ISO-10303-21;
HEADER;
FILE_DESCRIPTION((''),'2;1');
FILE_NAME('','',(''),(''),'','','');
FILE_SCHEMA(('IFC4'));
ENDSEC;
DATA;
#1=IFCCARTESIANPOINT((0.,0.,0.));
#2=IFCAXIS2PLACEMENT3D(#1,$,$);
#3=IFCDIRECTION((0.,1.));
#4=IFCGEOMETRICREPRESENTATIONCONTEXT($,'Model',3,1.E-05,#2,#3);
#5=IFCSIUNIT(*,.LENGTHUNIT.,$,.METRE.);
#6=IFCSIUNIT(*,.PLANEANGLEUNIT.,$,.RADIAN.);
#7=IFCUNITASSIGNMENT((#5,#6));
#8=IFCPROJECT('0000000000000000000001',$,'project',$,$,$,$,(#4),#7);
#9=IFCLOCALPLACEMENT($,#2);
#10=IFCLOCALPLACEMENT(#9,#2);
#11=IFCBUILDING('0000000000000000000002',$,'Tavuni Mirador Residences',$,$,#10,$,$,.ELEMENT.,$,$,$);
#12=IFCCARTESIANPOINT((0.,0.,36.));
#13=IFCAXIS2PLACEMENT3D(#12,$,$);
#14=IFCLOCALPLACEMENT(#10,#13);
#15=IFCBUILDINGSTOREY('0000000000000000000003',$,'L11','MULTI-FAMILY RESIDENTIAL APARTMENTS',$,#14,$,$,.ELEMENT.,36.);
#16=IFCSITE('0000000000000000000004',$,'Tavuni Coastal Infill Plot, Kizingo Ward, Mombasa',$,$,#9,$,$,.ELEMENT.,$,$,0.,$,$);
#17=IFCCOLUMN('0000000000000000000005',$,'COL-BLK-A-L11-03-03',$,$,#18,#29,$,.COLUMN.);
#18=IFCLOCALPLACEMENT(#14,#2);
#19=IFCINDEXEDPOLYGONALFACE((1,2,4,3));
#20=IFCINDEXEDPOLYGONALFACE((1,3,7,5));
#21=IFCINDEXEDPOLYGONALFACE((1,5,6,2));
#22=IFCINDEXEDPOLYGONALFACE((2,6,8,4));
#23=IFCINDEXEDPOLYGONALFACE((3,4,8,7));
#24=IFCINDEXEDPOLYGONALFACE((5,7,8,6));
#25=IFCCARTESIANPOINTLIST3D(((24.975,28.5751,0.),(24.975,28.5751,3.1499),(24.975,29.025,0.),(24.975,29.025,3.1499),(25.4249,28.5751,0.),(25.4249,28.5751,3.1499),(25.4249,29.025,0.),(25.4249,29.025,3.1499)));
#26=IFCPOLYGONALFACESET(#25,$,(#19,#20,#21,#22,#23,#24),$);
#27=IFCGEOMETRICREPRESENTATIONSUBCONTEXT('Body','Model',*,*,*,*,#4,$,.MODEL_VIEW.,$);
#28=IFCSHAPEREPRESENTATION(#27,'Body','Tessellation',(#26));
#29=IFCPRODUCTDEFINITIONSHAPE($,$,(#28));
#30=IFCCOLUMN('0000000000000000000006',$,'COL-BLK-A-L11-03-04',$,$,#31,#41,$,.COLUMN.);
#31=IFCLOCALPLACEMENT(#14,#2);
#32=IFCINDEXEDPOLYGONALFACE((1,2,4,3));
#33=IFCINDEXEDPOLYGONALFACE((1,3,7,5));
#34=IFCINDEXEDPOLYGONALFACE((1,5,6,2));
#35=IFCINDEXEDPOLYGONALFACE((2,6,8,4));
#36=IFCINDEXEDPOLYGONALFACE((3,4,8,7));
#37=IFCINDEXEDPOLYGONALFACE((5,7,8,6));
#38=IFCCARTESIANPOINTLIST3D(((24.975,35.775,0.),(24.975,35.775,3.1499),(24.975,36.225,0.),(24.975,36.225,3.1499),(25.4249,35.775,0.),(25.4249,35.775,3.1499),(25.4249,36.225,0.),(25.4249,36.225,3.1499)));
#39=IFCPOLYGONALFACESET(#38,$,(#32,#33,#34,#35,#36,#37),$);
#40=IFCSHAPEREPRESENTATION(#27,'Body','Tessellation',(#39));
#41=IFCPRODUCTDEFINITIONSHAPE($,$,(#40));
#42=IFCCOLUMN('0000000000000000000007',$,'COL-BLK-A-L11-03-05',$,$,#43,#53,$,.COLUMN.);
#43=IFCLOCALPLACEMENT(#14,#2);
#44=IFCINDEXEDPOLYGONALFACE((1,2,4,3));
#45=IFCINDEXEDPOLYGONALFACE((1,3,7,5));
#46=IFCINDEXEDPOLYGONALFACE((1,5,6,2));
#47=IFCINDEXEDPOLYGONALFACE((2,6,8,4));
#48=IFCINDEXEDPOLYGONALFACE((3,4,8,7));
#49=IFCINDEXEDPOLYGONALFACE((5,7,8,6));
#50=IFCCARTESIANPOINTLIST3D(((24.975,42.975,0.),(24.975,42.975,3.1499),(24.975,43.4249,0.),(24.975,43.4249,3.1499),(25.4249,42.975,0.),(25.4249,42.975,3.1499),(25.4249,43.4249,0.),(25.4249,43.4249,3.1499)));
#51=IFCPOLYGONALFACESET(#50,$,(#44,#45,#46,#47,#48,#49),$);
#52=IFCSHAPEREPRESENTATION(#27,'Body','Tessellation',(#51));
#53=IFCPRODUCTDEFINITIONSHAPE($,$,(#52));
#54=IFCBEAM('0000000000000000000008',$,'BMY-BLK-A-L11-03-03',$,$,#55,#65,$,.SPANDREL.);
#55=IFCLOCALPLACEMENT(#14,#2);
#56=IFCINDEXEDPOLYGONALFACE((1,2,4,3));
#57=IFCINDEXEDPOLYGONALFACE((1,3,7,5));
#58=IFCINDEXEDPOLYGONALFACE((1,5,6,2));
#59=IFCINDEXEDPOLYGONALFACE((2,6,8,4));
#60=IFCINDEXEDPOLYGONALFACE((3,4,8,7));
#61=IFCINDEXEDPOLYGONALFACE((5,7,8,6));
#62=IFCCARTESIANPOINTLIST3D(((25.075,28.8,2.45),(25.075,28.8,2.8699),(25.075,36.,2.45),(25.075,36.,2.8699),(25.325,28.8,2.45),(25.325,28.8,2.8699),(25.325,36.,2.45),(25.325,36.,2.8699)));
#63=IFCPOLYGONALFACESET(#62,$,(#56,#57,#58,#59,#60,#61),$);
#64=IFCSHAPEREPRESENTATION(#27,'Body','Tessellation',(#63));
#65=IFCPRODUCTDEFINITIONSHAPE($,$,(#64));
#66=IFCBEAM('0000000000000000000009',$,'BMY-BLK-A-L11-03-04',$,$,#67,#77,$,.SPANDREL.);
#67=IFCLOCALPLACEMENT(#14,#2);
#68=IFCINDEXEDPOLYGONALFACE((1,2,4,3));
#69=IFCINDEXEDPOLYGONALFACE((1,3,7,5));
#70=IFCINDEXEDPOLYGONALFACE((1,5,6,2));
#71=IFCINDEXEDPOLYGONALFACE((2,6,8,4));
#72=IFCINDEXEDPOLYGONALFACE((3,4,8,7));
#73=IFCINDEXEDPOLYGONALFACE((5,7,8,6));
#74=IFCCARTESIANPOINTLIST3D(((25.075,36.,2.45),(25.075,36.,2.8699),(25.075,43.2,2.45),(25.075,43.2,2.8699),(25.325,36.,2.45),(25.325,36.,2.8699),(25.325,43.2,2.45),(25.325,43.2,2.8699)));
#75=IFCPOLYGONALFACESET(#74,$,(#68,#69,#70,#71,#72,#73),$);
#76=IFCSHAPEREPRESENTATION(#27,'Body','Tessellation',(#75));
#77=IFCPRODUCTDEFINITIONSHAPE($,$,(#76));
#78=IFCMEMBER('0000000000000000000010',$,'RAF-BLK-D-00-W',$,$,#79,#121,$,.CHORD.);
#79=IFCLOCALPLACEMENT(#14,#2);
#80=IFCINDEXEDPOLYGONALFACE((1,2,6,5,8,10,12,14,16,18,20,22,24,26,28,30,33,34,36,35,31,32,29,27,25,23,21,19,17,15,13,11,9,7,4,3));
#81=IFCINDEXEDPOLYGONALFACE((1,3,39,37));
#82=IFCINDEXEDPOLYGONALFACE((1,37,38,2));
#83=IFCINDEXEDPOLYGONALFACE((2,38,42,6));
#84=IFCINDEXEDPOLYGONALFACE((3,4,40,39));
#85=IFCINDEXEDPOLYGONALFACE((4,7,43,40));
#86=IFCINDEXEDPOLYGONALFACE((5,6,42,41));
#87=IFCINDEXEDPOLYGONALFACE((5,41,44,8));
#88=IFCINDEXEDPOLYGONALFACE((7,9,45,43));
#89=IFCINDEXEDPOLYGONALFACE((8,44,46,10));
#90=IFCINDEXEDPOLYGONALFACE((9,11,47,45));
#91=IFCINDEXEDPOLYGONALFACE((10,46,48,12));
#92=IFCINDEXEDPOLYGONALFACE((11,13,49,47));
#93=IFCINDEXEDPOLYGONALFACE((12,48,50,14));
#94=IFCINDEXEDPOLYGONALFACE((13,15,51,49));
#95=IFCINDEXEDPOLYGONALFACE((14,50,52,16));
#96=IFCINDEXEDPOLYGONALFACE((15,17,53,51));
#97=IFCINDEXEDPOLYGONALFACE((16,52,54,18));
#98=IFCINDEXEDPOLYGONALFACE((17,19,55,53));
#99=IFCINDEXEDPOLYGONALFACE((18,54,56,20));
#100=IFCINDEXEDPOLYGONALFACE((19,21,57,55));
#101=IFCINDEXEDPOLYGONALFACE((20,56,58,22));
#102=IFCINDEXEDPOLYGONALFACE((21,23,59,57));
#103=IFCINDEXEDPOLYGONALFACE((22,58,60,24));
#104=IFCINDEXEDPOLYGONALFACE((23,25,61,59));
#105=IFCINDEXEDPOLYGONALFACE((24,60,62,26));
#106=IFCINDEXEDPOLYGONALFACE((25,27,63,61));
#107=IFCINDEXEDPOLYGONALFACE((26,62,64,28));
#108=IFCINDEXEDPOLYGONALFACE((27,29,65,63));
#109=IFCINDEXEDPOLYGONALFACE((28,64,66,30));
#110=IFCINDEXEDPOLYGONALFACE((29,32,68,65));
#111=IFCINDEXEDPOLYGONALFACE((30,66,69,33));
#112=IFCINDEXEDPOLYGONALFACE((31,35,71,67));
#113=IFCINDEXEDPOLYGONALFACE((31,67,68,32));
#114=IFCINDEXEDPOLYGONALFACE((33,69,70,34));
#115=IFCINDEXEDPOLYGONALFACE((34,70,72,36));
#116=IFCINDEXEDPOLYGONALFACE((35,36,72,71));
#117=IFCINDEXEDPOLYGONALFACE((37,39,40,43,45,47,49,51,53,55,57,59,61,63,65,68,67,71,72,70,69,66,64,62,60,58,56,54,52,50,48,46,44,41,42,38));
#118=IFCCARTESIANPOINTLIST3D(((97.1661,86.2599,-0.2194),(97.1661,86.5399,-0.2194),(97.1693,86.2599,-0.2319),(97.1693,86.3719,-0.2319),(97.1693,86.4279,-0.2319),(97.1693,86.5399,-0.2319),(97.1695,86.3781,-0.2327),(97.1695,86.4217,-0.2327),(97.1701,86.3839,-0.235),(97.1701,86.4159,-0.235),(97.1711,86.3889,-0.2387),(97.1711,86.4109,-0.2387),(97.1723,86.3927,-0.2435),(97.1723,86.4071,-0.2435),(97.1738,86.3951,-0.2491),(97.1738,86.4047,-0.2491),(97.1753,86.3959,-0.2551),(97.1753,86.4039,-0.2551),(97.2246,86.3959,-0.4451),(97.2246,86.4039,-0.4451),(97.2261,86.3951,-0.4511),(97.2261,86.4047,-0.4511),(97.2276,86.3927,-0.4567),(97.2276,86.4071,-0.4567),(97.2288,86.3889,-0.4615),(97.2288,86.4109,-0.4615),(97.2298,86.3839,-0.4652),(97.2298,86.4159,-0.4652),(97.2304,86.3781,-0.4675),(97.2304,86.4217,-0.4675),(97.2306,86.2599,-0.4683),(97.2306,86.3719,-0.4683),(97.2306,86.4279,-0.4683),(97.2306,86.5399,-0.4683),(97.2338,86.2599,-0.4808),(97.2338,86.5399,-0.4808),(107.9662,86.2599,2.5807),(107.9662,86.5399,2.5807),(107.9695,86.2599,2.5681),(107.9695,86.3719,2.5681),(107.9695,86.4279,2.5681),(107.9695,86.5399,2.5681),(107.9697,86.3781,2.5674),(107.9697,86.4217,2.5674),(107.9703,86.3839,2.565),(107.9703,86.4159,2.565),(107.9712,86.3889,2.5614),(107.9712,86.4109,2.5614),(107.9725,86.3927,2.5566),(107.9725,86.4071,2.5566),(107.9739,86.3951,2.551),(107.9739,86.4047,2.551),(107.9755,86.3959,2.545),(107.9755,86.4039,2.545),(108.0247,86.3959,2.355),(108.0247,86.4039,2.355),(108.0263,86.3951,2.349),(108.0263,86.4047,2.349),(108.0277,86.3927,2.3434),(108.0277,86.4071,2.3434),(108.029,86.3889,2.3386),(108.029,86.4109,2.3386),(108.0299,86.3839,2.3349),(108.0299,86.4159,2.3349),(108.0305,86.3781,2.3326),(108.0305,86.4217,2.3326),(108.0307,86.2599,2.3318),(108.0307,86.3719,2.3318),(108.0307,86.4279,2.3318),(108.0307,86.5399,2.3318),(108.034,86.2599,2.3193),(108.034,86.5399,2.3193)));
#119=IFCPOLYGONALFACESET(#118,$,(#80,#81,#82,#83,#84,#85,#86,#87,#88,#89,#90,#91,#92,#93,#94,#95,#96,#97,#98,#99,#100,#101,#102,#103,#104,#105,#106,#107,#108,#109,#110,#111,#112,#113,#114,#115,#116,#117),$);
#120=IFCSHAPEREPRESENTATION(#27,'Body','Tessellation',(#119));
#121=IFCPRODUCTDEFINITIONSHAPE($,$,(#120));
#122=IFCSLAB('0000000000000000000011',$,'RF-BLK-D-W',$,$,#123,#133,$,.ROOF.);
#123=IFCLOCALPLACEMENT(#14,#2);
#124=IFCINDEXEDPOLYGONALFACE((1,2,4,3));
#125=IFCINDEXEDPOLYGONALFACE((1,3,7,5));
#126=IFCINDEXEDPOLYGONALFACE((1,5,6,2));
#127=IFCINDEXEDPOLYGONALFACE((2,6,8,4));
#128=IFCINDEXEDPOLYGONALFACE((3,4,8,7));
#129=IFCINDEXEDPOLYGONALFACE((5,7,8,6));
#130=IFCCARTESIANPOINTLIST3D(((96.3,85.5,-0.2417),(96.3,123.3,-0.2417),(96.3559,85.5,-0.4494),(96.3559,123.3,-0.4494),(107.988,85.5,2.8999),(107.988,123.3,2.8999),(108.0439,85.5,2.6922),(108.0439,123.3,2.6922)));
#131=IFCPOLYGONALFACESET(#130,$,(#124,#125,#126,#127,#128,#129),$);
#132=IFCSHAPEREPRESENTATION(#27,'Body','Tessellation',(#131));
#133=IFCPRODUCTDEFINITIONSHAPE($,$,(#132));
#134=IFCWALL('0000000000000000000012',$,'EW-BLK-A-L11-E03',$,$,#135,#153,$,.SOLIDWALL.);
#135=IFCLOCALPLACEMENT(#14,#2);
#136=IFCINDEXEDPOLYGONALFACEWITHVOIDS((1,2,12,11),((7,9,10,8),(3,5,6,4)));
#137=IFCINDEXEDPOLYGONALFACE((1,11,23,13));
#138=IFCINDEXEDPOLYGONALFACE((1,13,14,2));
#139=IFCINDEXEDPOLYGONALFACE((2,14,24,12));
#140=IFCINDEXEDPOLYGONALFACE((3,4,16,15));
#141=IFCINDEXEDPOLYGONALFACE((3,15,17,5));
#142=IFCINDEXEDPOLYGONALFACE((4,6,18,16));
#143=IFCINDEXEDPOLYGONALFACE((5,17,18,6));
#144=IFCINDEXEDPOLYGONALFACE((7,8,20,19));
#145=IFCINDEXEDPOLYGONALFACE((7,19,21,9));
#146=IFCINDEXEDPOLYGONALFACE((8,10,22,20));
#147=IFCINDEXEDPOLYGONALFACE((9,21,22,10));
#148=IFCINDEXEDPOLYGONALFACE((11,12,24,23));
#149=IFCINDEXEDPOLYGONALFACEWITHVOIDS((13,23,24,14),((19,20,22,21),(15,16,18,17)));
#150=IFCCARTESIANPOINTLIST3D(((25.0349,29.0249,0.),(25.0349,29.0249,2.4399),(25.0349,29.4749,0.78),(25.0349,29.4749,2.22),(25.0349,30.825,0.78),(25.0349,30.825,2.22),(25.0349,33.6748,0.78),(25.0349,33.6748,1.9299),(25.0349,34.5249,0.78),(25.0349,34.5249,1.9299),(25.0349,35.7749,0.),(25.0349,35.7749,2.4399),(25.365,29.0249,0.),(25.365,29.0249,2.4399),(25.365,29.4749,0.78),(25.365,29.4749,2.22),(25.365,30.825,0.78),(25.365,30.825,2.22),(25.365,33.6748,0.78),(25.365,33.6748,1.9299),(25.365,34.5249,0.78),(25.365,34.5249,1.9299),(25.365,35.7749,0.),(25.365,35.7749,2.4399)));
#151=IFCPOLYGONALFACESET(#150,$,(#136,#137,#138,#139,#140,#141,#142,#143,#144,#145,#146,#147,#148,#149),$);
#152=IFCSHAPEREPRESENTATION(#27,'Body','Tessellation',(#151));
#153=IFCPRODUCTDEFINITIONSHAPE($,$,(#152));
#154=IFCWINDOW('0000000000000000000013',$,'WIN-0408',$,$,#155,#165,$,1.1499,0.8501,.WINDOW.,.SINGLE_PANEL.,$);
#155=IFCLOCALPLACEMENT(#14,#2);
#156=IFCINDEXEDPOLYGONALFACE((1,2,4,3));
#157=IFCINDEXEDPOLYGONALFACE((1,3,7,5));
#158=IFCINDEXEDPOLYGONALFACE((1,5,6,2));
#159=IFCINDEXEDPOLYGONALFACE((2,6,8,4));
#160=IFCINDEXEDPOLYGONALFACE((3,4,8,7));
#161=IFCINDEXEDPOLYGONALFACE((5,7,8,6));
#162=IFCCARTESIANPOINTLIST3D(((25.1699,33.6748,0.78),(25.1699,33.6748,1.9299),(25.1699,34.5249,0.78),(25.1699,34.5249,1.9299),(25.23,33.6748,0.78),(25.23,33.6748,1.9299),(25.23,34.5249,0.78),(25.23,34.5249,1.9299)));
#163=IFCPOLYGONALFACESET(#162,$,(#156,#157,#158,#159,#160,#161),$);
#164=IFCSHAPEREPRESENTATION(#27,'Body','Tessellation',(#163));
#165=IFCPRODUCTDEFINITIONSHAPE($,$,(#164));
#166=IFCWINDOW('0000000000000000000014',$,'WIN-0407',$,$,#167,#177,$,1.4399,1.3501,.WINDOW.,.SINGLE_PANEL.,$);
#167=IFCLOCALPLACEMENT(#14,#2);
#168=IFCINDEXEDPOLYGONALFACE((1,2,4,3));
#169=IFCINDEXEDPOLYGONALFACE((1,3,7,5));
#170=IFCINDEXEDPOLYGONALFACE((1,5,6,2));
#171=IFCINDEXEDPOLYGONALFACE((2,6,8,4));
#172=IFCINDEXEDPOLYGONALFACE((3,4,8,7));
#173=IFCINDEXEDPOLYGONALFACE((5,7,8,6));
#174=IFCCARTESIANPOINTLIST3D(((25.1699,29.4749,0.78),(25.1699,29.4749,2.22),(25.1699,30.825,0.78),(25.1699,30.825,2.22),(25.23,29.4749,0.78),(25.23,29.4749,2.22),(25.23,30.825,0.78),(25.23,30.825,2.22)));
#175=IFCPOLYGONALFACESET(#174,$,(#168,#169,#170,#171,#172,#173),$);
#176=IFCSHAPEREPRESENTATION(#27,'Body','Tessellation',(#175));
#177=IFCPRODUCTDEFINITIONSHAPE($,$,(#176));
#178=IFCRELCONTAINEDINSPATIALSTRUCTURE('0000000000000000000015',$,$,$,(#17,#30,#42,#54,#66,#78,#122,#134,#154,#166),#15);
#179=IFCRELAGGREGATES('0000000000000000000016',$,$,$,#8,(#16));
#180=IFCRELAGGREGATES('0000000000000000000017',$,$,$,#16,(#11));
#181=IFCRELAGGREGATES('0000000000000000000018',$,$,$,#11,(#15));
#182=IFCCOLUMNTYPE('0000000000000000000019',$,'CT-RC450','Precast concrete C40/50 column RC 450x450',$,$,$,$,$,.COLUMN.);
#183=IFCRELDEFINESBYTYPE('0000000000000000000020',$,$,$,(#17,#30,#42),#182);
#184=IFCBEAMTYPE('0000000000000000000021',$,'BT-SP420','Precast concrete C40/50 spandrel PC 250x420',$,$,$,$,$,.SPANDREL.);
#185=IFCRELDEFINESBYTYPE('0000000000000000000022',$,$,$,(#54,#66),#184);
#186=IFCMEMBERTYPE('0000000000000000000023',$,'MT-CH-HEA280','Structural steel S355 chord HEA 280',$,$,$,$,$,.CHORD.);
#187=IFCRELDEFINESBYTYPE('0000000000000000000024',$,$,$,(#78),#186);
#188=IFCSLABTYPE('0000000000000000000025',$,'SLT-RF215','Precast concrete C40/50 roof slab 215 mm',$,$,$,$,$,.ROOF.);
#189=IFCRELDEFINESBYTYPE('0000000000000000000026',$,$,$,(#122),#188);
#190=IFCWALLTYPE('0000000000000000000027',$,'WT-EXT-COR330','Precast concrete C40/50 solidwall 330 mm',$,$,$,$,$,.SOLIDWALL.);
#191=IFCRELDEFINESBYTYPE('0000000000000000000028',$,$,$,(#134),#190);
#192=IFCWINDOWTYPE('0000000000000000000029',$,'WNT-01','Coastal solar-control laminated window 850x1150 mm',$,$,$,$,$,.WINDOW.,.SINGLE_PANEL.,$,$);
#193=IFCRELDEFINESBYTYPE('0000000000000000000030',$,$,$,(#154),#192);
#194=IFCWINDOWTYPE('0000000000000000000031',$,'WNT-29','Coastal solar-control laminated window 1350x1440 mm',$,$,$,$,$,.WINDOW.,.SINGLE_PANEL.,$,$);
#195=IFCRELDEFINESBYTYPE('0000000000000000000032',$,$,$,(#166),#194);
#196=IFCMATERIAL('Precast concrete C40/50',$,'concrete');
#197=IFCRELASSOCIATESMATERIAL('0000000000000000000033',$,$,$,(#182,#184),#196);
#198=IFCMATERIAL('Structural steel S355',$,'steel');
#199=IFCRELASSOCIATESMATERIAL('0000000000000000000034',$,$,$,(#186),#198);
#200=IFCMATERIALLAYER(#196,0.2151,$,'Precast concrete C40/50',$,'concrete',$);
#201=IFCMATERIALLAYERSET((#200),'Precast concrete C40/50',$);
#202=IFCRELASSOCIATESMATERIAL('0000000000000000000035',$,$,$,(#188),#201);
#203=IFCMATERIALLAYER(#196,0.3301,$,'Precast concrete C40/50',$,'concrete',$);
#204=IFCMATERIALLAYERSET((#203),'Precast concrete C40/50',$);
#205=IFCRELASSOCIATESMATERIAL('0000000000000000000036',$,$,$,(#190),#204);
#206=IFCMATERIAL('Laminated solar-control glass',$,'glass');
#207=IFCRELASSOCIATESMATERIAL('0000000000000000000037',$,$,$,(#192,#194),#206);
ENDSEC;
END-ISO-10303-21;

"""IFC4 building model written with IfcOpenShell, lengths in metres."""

from ifc_helpers import new_model, si_unit, direction, frame, frame_2d, origin, origin_2d, place, context, subcontext, project, spatial, polyline, rectangle, i_section, outline, extrude, material, layer, layer_set, material_profile, profile_set, type_object, element, fill, save


model = new_model("IFC4")

# Units and contexts
model_context = context("Model", 3, precision=1e-05, world=origin(), true_north=direction((0.0, 1.0)))
body_context = subcontext(model_context, "Body", "Model", "MODEL_VIEW")
ifc_project = project(units=[si_unit("LENGTHUNIT", "METRE"), si_unit("PLANEANGLEUNIT", "RADIAN")], contexts=[model_context])

# Site, building, storey
site_placement = place(None, origin())
site = spatial("IfcSite", under=ifc_project, at=site_placement, Name="Tavuni Coastal Infill Plot, Kizingo Ward, Mombasa", CompositionType="ELEMENT", RefElevation=0.0)
building_placement = place(site_placement, origin())
building = spatial("IfcBuilding", under=site, at=building_placement, Name="Tavuni Mirador Residences", CompositionType="ELEMENT")
storey_placement = place(building_placement, frame((0.0, 0.0, 36.0)))
storey = spatial("IfcBuildingStorey", under=building, at=storey_placement, Name="L11", Description="MULTI-FAMILY RESIDENTIAL APARTMENTS", CompositionType="ELEMENT", Elevation=36.0)

# Columns
ifc_material_1 = material(Name="Precast concrete C40/50", Category="concrete")
ifc_material_profile_1 = material_profile(ifc_material_1, rectangle(XDim=0.45, YDim=0.45, at=origin_2d()), Name="RC 450x450", Category="concrete")
ifc_profile_set_1 = profile_set([ifc_material_profile_1], Name="Precast concrete C40/50")
column_type = type_object("IfcColumnType", Name="CT-RC450", Description="Precast concrete C40/50 column RC 450x450", PredefinedType="COLUMN", material=ifc_profile_set_1)
for number, where, z_axis, x_axis, name in (
    (1, (25.2, 28.8, 0.0), (0.0, 0.0, 1.0), (1.0, 0.0, 0.0), "COL-BLK-A-L11-03-03"),
    (2, (25.2, 36.0, 0.0), (0.0, 0.0, 1.0), (1.0, 0.0, 0.0), "COL-BLK-A-L11-03-04"),
    (3, (25.2, 43.2, 0.0), (0.0, 0.0, 1.0), (1.0, 0.0, 0.0), "COL-BLK-A-L11-03-05"),
):
    element("IfcColumn", number, at=place(storey_placement, frame(where, z_axis=z_axis, x_axis=x_axis)), inside=storey, type_object=column_type, Name=name, PredefinedType="COLUMN", context=body_context, shape_type="SweptSolid", body=[
        extrude(rectangle(XDim=0.45, YDim=0.45, at=origin_2d()), origin(), (0.0, 0.0, 1.0), 3.1499),
    ])

# Beams
ifc_material_profile_2 = material_profile(ifc_material_1, rectangle(XDim=0.25, YDim=0.4199, at=origin_2d()), Name="PC 250x420", Category="concrete")
ifc_profile_set_2 = profile_set([ifc_material_profile_2], Name="Precast concrete C40/50")
beam_type = type_object("IfcBeamType", Name="BT-SP420", Description="Precast concrete C40/50 spandrel PC 250x420", PredefinedType="SPANDREL", material=ifc_profile_set_2)
for number, where, z_axis, x_axis, name in (
    (4, (25.2, 28.8, 2.6599), (0.0, 1.0, 0.0), (-1.0, 0.0, 0.0), "BMY-BLK-A-L11-03-03"),
    (5, (25.2, 36.0, 2.6599), (0.0, 1.0, 0.0), (-1.0, 0.0, 0.0), "BMY-BLK-A-L11-03-04"),
):
    element("IfcBeam", number, at=place(storey_placement, frame(where, z_axis=z_axis, x_axis=x_axis)), inside=storey, type_object=beam_type, Name=name, PredefinedType="SPANDREL", context=body_context, shape_type="SweptSolid", body=[
        extrude(rectangle(XDim=0.25, YDim=0.4199, at=origin_2d()), origin(), (0.0, 0.0, 1.0), 7.2),
    ])

# Member
ifc_material_2 = material(Name="Structural steel S355", Category="steel")
ifc_material_profile_3 = material_profile(ifc_material_2, i_section(OverallWidth=0.28, OverallDepth=0.27, WebThickness=0.0081, FlangeThickness=0.0129, FilletRadius=0.0239, at=origin_2d()), Name="HEA 280", Category="steel")
ifc_profile_set_3 = profile_set([ifc_material_profile_3], Name="Structural steel S355")
member_type = type_object("IfcMemberType", Name="MT-CH-HEA280", Description="Structural steel S355 chord HEA 280", PredefinedType="CHORD", material=ifc_profile_set_3)
member_placement = place(storey_placement, frame((97.2, 86.3999, -0.3501), z_axis=(0.967996, 0.0, 0.250965), x_axis=(0.0, 1.0, 0.0)))
element("IfcMember", 6, at=member_placement, inside=storey, type_object=member_type, Name="RAF-BLK-D-00-W", PredefinedType="CHORD", context=body_context, shape_type="SweptSolid", body=[
    extrude(i_section(OverallWidth=0.28, OverallDepth=0.27, WebThickness=0.0081, FlangeThickness=0.0129, FilletRadius=0.0239, at=origin_2d()), origin(), (0.0, 0.0, 1.0), 11.1572),
])

# Slab
ifc_layer_1 = layer(ifc_material_1, 0.2151, Name="Precast concrete C40/50", Category="concrete")
ifc_layer_set_1 = layer_set([ifc_layer_1], Name="Precast concrete C40/50")
slab_type = type_object("IfcSlabType", Name="SLT-RF215", Description="Precast concrete C40/50 roof slab 215 mm", PredefinedType="ROOF", material=ifc_layer_set_1)
slab_placement = place(storey_placement, frame((96.3, 85.5, -0.2417), z_axis=(-0.259576, 0.0, 0.965723), x_axis=(0.965723, 0.0, 0.259576)))
element("IfcSlab", 7, at=slab_placement, inside=storey, type_object=slab_type, Name="RF-BLK-D-W", PredefinedType="ROOF", context=body_context, shape_type="SweptSolid", body=[
    extrude(outline(polyline([(0.0, 0.0), (12.1028, 0.0), (12.1028, 37.8), (0.0, 37.8), (0.0, 0.0)])), origin(), (0.0, 0.0, -1.0), 0.2151),
])

# Wall, openings, windows
ifc_layer_2 = layer(ifc_material_1, 0.3301, Name="Precast concrete C40/50", Category="concrete")
ifc_layer_set_2 = layer_set([ifc_layer_2], Name="Precast concrete C40/50")
wall_type_1 = type_object("IfcWallType", Name="WT-EXT-COR330", Description="Precast concrete C40/50 solidwall 330 mm", PredefinedType="SOLIDWALL", material=ifc_layer_set_2)
wall_1_placement = place(storey_placement, frame((25.2, 29.0249, 0.0), z_axis=(0.0, 0.0, 1.0), x_axis=(0.0, 1.0, 0.0)))
wall_1 = element("IfcWall", 8, at=wall_1_placement, inside=storey, type_object=wall_type_1, Name="EW-BLK-A-L11-E03", PredefinedType="SOLIDWALL", context=body_context, shape_type="SweptSolid", body=[
    extrude(rectangle(XDim=6.75, YDim=0.3301, at=frame_2d((3.375, 0.0))), origin(), (0.0, 0.0, 1.0), 2.4399),
])
opening_1_placement = place(wall_1_placement, frame((0.45, 0.0, 0.78)))
opening_1 = element("IfcOpeningElement", 9, at=opening_1_placement, cuts=wall_1, PredefinedType="OPENING", context=body_context, shape_type="SweptSolid", body=[
    extrude(rectangle(XDim=1.3501, YDim=1.4399, at=frame_2d((0.675, 0.72))), frame((0.0, 0.175, 0.0), z_axis=(0.0, -1.0, 0.0), x_axis=(1.0, 0.0, 0.0)), (0.0, 0.0, 1.0), 0.3501),
])
opening_2_placement = place(wall_1_placement, frame((4.6499, 0.0, 0.78)))
opening_2 = element("IfcOpeningElement", 10, at=opening_2_placement, cuts=wall_1, PredefinedType="OPENING", context=body_context, shape_type="SweptSolid", body=[
    extrude(rectangle(XDim=0.8501, YDim=1.1499, at=frame_2d((0.425, 0.575))), frame((0.0, 0.175, 0.0), z_axis=(0.0, -1.0, 0.0), x_axis=(1.0, 0.0, 0.0)), (0.0, 0.0, 1.0), 0.3501),
])
ifc_material_3 = material(Name="Laminated solar-control glass", Category="glass")
window_type_1 = type_object("IfcWindowType", Name="WNT-01", Description="Coastal solar-control laminated window 850x1150 mm", PartitioningType="SINGLE_PANEL", PredefinedType="WINDOW", material=ifc_material_3)
window_1_placement = place(opening_2_placement, origin())
window_1 = element("IfcWindow", 11, at=window_1_placement, inside=storey, type_object=window_type_1, Name="WIN-0408", OverallHeight=1.1499, OverallWidth=0.8501, PartitioningType="SINGLE_PANEL", PredefinedType="WINDOW", context=body_context, shape_type="SweptSolid", body=[
    extrude(rectangle(XDim=0.8501, YDim=1.1499, at=frame_2d((0.425, 0.575))), frame((0.0, 0.03, 0.0), z_axis=(0.0, -1.0, 0.0), x_axis=(1.0, 0.0, 0.0)), (0.0, 0.0, 1.0), 0.0601),
])
fill(opening_2, window_1)
window_type_2 = type_object("IfcWindowType", Name="WNT-29", Description="Coastal solar-control laminated window 1350x1440 mm", PartitioningType="SINGLE_PANEL", PredefinedType="WINDOW", material=ifc_material_3)
window_2_placement = place(opening_1_placement, origin())
window_2 = element("IfcWindow", 12, at=window_2_placement, inside=storey, type_object=window_type_2, Name="WIN-0407", OverallHeight=1.4399, OverallWidth=1.3501, PartitioningType="SINGLE_PANEL", PredefinedType="WINDOW", context=body_context, shape_type="SweptSolid", body=[
    extrude(rectangle(XDim=1.3501, YDim=1.4399, at=frame_2d((0.675, 0.72))), frame((0.0, 0.03, 0.0), z_axis=(0.0, -1.0, 0.0), x_axis=(1.0, 0.0, 0.0)), (0.0, 0.0, 1.0), 0.0601),
])
fill(opening_1, window_2)

save(model, "model.ifc")
